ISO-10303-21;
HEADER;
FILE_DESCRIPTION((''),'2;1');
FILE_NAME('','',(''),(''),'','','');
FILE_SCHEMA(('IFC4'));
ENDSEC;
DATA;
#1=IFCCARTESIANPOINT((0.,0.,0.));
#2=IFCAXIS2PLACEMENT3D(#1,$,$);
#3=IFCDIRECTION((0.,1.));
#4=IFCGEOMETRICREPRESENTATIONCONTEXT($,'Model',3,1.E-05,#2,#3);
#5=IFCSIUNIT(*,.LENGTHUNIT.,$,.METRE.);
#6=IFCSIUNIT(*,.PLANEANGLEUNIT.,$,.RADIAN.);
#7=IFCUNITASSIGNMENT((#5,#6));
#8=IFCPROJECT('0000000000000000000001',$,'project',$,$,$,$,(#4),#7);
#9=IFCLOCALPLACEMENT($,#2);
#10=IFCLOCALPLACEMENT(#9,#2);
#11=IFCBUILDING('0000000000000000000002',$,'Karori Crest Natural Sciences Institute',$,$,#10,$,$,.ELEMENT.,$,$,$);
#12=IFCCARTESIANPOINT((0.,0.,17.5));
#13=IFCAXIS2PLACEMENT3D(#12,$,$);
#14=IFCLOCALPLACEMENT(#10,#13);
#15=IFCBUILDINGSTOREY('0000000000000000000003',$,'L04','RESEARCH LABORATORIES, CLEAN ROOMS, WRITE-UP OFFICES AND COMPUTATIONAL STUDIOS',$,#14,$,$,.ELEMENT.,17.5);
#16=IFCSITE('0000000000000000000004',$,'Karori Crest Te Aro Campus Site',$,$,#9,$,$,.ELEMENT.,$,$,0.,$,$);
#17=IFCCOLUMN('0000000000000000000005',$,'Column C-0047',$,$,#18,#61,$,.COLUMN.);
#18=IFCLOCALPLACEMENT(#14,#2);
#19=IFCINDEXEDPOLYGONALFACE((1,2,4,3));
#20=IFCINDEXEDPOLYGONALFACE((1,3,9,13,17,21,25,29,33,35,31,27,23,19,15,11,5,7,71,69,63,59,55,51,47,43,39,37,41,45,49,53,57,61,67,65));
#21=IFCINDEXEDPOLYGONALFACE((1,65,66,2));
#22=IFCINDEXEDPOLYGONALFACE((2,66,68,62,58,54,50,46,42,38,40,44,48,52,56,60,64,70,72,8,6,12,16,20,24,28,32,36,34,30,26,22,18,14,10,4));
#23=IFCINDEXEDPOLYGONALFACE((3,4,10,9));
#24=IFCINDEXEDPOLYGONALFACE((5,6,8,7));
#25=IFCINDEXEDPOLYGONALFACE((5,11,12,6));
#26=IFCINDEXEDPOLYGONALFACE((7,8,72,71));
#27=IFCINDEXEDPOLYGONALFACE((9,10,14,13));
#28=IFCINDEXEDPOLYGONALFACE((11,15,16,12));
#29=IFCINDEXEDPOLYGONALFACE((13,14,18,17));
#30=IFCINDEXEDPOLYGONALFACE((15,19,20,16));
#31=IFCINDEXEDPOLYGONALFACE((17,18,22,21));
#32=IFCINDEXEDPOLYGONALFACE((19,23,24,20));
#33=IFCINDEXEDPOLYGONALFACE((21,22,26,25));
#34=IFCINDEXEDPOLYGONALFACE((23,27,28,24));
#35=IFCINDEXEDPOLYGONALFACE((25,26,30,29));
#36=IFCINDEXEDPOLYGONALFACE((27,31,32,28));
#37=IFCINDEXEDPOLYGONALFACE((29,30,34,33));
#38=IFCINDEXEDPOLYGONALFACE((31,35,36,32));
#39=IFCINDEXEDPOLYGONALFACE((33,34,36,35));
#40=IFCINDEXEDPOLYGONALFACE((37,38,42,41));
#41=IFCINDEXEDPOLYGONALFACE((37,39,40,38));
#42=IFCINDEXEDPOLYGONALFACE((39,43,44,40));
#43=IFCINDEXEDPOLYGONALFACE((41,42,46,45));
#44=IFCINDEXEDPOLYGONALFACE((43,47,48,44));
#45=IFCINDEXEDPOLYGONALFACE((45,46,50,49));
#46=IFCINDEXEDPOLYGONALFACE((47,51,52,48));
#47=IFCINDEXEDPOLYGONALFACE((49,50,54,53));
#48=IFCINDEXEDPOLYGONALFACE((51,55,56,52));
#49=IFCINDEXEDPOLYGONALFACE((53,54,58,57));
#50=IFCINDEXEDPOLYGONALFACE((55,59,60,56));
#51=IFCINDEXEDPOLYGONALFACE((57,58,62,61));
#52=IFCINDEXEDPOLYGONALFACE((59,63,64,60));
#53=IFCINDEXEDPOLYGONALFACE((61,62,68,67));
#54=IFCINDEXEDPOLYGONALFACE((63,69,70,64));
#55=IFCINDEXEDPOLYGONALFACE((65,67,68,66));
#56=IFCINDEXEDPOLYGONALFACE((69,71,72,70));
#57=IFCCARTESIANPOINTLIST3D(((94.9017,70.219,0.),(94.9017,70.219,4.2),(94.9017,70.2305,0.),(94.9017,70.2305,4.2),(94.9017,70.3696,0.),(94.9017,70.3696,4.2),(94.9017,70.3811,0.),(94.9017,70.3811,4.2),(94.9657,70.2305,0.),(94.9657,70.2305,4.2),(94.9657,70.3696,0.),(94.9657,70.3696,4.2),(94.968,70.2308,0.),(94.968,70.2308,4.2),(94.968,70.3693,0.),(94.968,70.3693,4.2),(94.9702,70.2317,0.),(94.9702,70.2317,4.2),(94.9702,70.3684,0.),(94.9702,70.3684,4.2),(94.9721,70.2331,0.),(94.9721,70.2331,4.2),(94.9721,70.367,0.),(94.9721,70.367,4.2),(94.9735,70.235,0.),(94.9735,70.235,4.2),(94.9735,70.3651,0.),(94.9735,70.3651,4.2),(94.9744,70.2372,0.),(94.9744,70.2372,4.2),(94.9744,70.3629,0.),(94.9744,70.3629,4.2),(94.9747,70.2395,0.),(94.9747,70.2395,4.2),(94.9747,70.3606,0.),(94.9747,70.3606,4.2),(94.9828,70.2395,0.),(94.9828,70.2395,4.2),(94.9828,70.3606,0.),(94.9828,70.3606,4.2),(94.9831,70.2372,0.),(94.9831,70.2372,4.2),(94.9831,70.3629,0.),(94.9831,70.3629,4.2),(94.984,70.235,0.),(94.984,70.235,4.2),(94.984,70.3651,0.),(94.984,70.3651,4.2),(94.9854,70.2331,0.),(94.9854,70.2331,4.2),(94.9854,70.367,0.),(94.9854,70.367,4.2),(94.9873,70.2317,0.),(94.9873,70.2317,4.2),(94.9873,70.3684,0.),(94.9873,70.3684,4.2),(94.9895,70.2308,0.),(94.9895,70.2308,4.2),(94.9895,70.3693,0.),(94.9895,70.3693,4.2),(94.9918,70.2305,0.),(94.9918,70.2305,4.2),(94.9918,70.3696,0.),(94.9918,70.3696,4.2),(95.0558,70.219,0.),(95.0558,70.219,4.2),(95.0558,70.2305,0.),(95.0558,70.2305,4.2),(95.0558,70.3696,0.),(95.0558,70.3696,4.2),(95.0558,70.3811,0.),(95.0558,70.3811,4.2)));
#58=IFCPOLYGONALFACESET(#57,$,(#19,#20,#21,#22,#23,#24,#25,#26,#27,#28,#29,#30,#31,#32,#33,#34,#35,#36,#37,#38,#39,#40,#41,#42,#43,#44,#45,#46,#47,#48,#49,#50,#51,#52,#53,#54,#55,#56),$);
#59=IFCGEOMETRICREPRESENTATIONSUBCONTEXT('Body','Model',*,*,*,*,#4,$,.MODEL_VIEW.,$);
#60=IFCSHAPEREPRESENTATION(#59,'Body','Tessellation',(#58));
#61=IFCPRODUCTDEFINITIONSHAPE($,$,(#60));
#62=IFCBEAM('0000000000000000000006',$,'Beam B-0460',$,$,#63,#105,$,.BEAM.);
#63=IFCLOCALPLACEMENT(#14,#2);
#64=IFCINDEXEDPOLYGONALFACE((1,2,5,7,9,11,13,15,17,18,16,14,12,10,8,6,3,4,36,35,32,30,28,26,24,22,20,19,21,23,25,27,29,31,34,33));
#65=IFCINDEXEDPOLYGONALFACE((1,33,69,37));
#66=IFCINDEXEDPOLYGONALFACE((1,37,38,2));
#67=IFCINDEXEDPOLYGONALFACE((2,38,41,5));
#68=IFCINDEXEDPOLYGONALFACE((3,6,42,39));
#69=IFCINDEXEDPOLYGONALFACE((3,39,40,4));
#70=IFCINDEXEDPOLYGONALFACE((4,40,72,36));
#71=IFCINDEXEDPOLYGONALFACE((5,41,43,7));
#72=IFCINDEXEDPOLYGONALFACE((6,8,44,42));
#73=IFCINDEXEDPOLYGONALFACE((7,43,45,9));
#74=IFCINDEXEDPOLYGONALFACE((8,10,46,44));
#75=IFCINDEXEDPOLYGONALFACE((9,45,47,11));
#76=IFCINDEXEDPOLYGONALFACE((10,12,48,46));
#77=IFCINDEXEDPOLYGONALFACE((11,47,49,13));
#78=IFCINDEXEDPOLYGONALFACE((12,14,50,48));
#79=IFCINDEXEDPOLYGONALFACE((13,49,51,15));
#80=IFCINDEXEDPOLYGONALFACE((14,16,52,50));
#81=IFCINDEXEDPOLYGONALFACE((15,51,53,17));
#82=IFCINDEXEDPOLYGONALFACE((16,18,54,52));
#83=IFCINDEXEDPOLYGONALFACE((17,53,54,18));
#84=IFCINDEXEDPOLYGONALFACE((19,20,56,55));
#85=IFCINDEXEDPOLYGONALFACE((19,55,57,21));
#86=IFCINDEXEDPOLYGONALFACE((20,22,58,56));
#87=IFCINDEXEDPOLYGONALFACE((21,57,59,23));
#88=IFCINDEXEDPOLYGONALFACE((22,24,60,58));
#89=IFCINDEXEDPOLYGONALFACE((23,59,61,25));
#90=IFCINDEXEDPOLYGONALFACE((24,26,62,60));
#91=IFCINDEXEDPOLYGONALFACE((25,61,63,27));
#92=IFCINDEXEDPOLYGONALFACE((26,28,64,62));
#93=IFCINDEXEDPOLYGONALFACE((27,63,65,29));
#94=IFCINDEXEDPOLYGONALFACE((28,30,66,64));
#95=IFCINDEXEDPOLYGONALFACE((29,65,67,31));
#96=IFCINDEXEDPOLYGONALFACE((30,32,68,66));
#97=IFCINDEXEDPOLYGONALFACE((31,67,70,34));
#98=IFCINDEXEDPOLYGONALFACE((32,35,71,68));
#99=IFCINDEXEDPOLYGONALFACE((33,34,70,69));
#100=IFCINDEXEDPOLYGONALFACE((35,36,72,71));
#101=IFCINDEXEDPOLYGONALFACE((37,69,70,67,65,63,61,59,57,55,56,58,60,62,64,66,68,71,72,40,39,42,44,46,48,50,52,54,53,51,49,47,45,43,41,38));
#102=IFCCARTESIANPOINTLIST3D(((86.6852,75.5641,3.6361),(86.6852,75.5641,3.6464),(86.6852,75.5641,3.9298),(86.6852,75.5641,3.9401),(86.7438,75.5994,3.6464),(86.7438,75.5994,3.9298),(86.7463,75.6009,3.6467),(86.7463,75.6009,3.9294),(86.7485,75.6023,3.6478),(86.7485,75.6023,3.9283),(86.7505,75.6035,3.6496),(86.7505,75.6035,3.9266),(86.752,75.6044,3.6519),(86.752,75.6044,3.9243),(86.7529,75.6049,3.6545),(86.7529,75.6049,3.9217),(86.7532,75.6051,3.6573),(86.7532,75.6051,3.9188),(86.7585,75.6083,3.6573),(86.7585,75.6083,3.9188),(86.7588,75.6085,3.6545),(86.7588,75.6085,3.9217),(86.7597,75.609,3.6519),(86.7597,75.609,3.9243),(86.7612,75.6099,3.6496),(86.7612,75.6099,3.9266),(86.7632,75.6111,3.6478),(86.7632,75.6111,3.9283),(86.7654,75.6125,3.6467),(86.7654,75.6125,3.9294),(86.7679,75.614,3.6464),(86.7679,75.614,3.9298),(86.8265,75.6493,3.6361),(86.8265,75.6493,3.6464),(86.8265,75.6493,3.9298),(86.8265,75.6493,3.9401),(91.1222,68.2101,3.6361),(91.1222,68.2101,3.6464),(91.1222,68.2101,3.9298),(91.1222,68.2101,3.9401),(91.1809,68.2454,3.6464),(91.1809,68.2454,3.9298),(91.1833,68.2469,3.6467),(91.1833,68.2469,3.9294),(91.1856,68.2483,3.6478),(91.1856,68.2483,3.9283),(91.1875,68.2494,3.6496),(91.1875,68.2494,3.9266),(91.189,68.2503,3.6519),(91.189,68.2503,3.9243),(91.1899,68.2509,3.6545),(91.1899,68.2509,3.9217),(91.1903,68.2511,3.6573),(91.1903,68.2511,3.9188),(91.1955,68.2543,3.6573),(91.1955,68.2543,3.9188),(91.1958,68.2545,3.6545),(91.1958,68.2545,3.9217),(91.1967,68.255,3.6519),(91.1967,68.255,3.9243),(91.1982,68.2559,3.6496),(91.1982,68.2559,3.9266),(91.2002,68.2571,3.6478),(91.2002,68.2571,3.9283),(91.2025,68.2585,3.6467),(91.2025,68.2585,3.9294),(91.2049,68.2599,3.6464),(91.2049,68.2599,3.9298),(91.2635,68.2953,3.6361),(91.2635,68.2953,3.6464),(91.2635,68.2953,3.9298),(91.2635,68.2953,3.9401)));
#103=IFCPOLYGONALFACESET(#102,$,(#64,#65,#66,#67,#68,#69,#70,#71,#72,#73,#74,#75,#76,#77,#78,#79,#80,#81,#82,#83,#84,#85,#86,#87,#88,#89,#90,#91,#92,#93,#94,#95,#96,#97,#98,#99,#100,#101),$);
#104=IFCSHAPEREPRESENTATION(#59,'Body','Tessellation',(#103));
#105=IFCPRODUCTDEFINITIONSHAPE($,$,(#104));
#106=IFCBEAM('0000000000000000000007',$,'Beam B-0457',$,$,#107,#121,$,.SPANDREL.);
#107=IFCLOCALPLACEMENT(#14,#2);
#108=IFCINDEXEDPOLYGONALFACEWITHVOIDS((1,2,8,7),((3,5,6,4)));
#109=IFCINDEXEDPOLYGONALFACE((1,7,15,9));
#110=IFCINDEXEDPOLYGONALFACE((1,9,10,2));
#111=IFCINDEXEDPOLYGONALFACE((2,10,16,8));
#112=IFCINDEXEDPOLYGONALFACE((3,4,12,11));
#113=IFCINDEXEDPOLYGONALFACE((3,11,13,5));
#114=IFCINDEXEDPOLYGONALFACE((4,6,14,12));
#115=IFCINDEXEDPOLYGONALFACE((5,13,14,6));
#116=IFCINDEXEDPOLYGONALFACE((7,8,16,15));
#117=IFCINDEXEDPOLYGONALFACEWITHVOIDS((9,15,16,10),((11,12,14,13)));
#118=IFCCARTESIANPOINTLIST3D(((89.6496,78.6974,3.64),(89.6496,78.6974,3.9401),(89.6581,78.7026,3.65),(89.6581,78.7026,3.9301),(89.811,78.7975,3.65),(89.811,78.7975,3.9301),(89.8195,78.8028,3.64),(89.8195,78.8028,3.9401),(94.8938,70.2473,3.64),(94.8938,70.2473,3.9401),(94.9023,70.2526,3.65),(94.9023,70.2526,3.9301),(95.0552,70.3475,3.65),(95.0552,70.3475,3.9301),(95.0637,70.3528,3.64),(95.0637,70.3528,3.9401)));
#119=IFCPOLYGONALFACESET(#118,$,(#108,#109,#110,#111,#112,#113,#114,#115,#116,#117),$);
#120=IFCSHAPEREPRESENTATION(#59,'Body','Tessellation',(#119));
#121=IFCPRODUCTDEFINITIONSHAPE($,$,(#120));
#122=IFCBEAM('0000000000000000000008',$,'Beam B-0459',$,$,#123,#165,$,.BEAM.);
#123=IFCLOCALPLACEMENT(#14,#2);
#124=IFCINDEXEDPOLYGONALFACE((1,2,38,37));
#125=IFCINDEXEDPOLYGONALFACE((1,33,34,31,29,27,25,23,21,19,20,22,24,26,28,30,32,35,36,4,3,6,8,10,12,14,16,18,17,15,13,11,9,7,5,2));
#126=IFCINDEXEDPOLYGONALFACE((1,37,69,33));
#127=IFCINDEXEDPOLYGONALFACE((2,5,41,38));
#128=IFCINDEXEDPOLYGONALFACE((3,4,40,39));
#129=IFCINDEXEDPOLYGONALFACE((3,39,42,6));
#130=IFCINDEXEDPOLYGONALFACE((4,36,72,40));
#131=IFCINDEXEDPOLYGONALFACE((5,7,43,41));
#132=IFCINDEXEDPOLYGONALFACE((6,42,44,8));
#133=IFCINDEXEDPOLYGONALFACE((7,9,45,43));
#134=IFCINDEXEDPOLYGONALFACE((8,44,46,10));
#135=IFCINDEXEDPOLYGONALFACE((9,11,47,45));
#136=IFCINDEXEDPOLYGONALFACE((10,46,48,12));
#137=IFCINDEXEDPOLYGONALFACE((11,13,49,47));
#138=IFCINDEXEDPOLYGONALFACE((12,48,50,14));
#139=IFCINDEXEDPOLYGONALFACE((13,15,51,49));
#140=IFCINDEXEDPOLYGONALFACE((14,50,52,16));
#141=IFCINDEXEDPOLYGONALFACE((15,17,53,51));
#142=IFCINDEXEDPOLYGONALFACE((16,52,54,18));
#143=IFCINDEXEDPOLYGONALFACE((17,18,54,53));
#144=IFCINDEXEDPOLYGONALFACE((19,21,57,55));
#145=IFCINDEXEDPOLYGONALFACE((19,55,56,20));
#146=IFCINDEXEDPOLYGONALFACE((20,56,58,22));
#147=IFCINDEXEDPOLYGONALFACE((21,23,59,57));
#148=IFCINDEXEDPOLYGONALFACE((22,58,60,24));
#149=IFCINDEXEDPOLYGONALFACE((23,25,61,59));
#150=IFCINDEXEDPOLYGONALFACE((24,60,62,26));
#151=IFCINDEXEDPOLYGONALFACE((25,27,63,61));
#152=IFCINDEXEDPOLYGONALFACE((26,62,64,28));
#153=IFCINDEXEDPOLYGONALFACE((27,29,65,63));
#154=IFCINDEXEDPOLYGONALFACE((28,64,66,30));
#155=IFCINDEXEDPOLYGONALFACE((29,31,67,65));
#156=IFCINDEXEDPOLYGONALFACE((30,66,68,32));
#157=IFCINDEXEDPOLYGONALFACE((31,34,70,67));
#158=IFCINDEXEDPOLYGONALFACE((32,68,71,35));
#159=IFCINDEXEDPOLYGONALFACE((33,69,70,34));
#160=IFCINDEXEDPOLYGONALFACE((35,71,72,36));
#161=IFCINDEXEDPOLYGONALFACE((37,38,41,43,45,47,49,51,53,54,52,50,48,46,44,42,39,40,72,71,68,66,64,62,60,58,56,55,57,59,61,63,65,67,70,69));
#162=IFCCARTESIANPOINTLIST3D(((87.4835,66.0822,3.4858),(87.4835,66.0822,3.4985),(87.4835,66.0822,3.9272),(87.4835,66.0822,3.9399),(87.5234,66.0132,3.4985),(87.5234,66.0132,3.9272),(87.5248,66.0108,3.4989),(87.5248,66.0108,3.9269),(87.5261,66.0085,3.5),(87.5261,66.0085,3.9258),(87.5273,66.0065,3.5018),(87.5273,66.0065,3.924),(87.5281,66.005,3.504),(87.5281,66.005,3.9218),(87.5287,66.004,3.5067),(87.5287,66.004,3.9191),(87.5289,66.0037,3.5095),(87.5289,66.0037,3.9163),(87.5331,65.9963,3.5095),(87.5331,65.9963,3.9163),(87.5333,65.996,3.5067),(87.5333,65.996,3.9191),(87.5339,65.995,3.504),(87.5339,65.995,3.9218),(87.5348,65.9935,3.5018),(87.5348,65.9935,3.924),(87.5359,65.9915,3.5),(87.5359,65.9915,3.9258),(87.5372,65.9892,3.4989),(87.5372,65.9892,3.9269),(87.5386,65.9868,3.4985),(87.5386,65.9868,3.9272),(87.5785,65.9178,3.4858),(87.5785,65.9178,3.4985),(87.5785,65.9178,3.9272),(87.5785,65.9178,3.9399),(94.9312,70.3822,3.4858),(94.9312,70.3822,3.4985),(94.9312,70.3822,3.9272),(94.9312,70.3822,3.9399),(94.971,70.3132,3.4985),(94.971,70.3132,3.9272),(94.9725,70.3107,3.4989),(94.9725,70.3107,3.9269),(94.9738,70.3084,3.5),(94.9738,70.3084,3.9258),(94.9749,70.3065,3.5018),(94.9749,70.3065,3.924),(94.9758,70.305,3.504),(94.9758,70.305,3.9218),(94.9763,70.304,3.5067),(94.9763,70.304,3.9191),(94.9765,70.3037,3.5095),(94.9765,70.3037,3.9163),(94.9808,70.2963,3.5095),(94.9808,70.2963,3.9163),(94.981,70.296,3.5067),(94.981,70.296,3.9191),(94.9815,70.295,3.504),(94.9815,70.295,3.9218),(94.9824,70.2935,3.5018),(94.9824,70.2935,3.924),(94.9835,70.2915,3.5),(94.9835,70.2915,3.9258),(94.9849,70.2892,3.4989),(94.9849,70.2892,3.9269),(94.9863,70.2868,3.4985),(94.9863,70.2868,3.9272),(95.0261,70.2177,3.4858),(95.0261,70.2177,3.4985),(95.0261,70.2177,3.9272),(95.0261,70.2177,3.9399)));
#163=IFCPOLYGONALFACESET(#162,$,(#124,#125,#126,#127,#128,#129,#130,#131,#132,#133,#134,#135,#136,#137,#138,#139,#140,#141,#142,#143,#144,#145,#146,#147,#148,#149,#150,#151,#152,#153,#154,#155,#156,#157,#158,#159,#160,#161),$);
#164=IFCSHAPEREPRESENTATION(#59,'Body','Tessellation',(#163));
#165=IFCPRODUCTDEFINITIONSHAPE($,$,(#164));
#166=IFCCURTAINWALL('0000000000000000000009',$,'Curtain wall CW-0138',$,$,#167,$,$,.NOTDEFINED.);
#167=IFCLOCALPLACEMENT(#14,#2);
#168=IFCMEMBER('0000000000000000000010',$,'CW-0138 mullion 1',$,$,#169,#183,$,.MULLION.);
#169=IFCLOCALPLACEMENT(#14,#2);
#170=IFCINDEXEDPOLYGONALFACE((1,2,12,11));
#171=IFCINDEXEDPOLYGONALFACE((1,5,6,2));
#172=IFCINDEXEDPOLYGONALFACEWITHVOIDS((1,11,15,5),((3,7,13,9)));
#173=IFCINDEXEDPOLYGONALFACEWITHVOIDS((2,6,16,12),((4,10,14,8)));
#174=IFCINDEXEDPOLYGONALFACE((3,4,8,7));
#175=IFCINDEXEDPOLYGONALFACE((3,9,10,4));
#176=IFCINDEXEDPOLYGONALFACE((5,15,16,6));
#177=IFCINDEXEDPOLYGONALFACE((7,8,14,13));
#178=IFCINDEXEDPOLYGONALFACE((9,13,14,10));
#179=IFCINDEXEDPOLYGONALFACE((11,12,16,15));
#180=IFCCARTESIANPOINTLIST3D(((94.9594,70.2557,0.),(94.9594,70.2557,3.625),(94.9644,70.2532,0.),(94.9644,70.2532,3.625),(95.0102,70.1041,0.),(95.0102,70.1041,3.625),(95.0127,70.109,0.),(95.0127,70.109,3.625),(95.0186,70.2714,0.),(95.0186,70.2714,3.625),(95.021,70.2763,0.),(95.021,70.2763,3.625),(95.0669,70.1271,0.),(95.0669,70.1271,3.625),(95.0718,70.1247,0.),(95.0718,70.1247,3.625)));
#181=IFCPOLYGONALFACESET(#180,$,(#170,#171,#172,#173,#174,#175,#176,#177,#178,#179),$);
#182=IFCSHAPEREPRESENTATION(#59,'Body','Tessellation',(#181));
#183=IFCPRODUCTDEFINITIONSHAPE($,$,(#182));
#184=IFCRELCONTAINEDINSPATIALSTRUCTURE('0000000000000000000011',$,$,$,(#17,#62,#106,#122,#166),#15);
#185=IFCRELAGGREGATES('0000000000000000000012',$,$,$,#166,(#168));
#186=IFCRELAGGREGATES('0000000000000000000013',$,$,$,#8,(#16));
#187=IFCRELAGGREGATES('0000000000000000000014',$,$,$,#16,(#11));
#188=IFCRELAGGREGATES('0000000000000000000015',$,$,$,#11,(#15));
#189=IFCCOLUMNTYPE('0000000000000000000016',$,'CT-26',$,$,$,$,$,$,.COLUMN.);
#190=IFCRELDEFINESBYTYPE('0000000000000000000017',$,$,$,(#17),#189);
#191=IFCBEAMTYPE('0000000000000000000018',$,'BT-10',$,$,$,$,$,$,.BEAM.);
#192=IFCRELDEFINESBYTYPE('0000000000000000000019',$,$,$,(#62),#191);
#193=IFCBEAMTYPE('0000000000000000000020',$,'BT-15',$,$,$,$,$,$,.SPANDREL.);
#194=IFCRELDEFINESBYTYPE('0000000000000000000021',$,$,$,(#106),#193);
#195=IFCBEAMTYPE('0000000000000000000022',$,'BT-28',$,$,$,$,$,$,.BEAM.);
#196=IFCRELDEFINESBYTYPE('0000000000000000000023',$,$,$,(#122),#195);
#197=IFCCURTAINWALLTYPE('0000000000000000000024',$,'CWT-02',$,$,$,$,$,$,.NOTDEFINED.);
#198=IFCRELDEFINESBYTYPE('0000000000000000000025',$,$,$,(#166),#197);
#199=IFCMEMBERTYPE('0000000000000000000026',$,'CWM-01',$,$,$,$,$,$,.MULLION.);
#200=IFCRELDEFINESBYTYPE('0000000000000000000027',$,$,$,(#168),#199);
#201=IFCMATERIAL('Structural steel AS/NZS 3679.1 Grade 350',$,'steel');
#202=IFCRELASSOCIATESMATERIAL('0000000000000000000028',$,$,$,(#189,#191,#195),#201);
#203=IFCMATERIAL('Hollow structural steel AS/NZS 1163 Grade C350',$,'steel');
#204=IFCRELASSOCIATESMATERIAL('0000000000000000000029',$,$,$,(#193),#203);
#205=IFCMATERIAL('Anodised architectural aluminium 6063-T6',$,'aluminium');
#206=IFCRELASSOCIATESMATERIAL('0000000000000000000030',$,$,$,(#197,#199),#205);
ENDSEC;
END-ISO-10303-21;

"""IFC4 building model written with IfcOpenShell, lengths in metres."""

from ifc_helpers import new_model, si_unit, direction, frame, origin, origin_2d, place, context, subcontext, project, spatial, hollow_rectangle, i_section, extrude, material, material_profile, profile_set, type_object, element, aggregate, save


model = new_model("IFC4")

# Units and contexts
model_context = context("Model", 3, precision=1e-05, world=origin(), true_north=direction((0.0, 1.0)))
body_context = subcontext(model_context, "Body", "Model", "MODEL_VIEW")
ifc_project = project(units=[si_unit("LENGTHUNIT", "METRE"), si_unit("PLANEANGLEUNIT", "RADIAN")], contexts=[model_context])

# Site, building, storey
site_placement = place(None, origin())
site = spatial("IfcSite", under=ifc_project, at=site_placement, Name="Karori Crest Te Aro Campus Site", CompositionType="ELEMENT", RefElevation=0.0)
building_placement = place(site_placement, origin())
building = spatial("IfcBuilding", under=site, at=building_placement, Name="Karori Crest Natural Sciences Institute", CompositionType="ELEMENT")
storey_placement = place(building_placement, frame((0.0, 0.0, 17.5)))
storey = spatial("IfcBuildingStorey", under=building, at=storey_placement, Name="L04", Description="RESEARCH LABORATORIES, CLEAN ROOMS, WRITE-UP OFFICES AND COMPUTATIONAL STUDIOS", CompositionType="ELEMENT", Elevation=17.5)

# Column
ifc_material_1 = material(Name="Structural steel AS/NZS 3679.1 Grade 350", Category="steel")
ifc_material_profile_1 = material_profile(ifc_material_1, i_section(OverallWidth=0.1541, OverallDepth=0.1621, WebThickness=0.0081, FlangeThickness=0.0115, FilletRadius=0.009, at=origin_2d()), Name="150UC37.2")
ifc_profile_set_1 = profile_set([ifc_material_profile_1], Name="Structural steel AS/NZS 3679.1 Grade 350")
column_type = type_object("IfcColumnType", Name="CT-26", PredefinedType="COLUMN", material=ifc_profile_set_1)
column_placement = place(storey_placement, frame((94.9788, 70.3, 0.0), z_axis=(0.0, 0.0, 1.0), x_axis=(1.0, 0.0, 0.0)))
element("IfcColumn", 1, at=column_placement, inside=storey, type_object=column_type, Name="Column C-0047", PredefinedType="COLUMN", context=body_context, shape_type="SweptSolid", body=[
    extrude(i_section(OverallWidth=0.1541, OverallDepth=0.1621, WebThickness=0.0081, FlangeThickness=0.0115, FilletRadius=0.009, at=origin_2d()), origin(), (0.0, 0.0, 1.0), 4.2),
])

# Beams
ifc_material_profile_2 = material_profile(ifc_material_1, i_section(OverallWidth=0.165, OverallDepth=0.304, WebThickness=0.0061, FlangeThickness=0.0103, FilletRadius=0.011, at=origin_2d()), Name="310UB40.4")
ifc_profile_set_2 = profile_set([ifc_material_profile_2], Name="Structural steel AS/NZS 3679.1 Grade 350")
beam_type_1 = type_object("IfcBeamType", Name="BT-10", PredefinedType="BEAM", material=ifc_profile_set_2)
beam_1_placement = place(storey_placement, frame((91.1929, 68.2527, 3.7881), z_axis=(-0.516601, 0.856226, 0.0), x_axis=(-0.856226, -0.516601, 0.0)))
element("IfcBeam", 2, at=beam_1_placement, inside=storey, type_object=beam_type_1, Name="Beam B-0460", PredefinedType="BEAM", context=body_context, shape_type="SweptSolid", body=[
    extrude(i_section(OverallWidth=0.165, OverallDepth=0.304, WebThickness=0.0061, FlangeThickness=0.0103, FilletRadius=0.011, at=origin_2d()), origin(), (0.0, 0.0, 1.0), 8.5889),
])
ifc_material_2 = material(Name="Hollow structural steel AS/NZS 1163 Grade C350", Category="steel")
ifc_material_profile_3 = material_profile(ifc_material_2, hollow_rectangle(XDim=0.2, YDim=0.3, WallThickness=0.01, at=origin_2d()), Name="RHS300x200x10")
ifc_profile_set_3 = profile_set([ifc_material_profile_3], Name="Hollow structural steel AS/NZS 1163 Grade C350")
beam_type_2 = type_object("IfcBeamType", Name="BT-15", PredefinedType="SPANDREL", material=ifc_profile_set_3)
beam_2_placement = place(storey_placement, frame((94.9788, 70.3, 3.79), z_axis=(-0.527315, 0.84967, 0.0), x_axis=(-0.84967, -0.527315, 0.0)))
element("IfcBeam", 3, at=beam_2_placement, inside=storey, type_object=beam_type_2, Name="Beam B-0457", PredefinedType="SPANDREL", context=body_context, shape_type="SweptSolid", body=[
    extrude(hollow_rectangle(XDim=0.2, YDim=0.3, WallThickness=0.01, at=origin_2d()), origin(), (0.0, 0.0, 1.0), 9.9451),
])
ifc_material_profile_4 = material_profile(ifc_material_1, i_section(OverallWidth=0.1899, OverallDepth=0.4541, WebThickness=0.0085, FlangeThickness=0.0127, FilletRadius=0.011, at=origin_2d()), Name="460UB67.1")
ifc_profile_set_4 = profile_set([ifc_material_profile_4], Name="Structural steel AS/NZS 3679.1 Grade 350")
beam_type_3 = type_object("IfcBeamType", Name="BT-28", PredefinedType="BEAM", material=ifc_profile_set_4)
beam_3_placement = place(storey_placement, frame((87.531, 66.0, 3.7129), z_axis=(0.866021, 0.500008, 0.0), x_axis=(-0.500008, 0.866021, 0.0)))
element("IfcBeam", 4, at=beam_3_placement, inside=storey, type_object=beam_type_3, Name="Beam B-0459", PredefinedType="BEAM", context=body_context, shape_type="SweptSolid", body=[
    extrude(i_section(OverallWidth=0.1899, OverallDepth=0.4541, WebThickness=0.0085, FlangeThickness=0.0127, FilletRadius=0.011, at=origin_2d()), origin(), (0.0, 0.0, 1.0), 8.5999),
])

# Curtain wall, member
ifc_material_3 = material(Name="Anodised architectural aluminium 6063-T6", Category="aluminium")
curtain_wall_type_1 = type_object("IfcCurtainWallType", Name="CWT-02", PredefinedType="NOTDEFINED", material=ifc_material_3)
curtain_wall_1_placement = place(storey_placement, origin())
curtain_wall_1 = element("IfcCurtainWall", 5, at=curtain_wall_1_placement, inside=storey, type_object=curtain_wall_type_1, Name="Curtain wall CW-0138", PredefinedType="NOTDEFINED")
ifc_material_profile_5 = material_profile(ifc_material_3, hollow_rectangle(XDim=0.0649, YDim=0.1599, WallThickness=0.0039, at=origin_2d()), Name="CWM160x65x4")
ifc_profile_set_5 = profile_set([ifc_material_profile_5], Name="Anodised architectural aluminium 6063-T6")
member_type_1 = type_object("IfcMemberType", Name="CWM-01", PredefinedType="MULLION", material=ifc_profile_set_5)
member_1_placement = place(storey_placement, frame((95.0156, 70.1902, 0.0), z_axis=(0.0, 0.0, 1.0), x_axis=(0.948198, 0.31768, 0.0)))
member_1 = element("IfcMember", 6, at=member_1_placement, type_object=member_type_1, Name="CW-0138 mullion 1", PredefinedType="MULLION", context=body_context, shape_type="SweptSolid", body=[
    extrude(hollow_rectangle(XDim=0.0649, YDim=0.1599, WallThickness=0.0039, at=origin_2d()), origin(), (0.0, 0.0, 1.0), 3.625),
])

aggregate(curtain_wall_1, [member_1])

save(model, "model.ifc")
